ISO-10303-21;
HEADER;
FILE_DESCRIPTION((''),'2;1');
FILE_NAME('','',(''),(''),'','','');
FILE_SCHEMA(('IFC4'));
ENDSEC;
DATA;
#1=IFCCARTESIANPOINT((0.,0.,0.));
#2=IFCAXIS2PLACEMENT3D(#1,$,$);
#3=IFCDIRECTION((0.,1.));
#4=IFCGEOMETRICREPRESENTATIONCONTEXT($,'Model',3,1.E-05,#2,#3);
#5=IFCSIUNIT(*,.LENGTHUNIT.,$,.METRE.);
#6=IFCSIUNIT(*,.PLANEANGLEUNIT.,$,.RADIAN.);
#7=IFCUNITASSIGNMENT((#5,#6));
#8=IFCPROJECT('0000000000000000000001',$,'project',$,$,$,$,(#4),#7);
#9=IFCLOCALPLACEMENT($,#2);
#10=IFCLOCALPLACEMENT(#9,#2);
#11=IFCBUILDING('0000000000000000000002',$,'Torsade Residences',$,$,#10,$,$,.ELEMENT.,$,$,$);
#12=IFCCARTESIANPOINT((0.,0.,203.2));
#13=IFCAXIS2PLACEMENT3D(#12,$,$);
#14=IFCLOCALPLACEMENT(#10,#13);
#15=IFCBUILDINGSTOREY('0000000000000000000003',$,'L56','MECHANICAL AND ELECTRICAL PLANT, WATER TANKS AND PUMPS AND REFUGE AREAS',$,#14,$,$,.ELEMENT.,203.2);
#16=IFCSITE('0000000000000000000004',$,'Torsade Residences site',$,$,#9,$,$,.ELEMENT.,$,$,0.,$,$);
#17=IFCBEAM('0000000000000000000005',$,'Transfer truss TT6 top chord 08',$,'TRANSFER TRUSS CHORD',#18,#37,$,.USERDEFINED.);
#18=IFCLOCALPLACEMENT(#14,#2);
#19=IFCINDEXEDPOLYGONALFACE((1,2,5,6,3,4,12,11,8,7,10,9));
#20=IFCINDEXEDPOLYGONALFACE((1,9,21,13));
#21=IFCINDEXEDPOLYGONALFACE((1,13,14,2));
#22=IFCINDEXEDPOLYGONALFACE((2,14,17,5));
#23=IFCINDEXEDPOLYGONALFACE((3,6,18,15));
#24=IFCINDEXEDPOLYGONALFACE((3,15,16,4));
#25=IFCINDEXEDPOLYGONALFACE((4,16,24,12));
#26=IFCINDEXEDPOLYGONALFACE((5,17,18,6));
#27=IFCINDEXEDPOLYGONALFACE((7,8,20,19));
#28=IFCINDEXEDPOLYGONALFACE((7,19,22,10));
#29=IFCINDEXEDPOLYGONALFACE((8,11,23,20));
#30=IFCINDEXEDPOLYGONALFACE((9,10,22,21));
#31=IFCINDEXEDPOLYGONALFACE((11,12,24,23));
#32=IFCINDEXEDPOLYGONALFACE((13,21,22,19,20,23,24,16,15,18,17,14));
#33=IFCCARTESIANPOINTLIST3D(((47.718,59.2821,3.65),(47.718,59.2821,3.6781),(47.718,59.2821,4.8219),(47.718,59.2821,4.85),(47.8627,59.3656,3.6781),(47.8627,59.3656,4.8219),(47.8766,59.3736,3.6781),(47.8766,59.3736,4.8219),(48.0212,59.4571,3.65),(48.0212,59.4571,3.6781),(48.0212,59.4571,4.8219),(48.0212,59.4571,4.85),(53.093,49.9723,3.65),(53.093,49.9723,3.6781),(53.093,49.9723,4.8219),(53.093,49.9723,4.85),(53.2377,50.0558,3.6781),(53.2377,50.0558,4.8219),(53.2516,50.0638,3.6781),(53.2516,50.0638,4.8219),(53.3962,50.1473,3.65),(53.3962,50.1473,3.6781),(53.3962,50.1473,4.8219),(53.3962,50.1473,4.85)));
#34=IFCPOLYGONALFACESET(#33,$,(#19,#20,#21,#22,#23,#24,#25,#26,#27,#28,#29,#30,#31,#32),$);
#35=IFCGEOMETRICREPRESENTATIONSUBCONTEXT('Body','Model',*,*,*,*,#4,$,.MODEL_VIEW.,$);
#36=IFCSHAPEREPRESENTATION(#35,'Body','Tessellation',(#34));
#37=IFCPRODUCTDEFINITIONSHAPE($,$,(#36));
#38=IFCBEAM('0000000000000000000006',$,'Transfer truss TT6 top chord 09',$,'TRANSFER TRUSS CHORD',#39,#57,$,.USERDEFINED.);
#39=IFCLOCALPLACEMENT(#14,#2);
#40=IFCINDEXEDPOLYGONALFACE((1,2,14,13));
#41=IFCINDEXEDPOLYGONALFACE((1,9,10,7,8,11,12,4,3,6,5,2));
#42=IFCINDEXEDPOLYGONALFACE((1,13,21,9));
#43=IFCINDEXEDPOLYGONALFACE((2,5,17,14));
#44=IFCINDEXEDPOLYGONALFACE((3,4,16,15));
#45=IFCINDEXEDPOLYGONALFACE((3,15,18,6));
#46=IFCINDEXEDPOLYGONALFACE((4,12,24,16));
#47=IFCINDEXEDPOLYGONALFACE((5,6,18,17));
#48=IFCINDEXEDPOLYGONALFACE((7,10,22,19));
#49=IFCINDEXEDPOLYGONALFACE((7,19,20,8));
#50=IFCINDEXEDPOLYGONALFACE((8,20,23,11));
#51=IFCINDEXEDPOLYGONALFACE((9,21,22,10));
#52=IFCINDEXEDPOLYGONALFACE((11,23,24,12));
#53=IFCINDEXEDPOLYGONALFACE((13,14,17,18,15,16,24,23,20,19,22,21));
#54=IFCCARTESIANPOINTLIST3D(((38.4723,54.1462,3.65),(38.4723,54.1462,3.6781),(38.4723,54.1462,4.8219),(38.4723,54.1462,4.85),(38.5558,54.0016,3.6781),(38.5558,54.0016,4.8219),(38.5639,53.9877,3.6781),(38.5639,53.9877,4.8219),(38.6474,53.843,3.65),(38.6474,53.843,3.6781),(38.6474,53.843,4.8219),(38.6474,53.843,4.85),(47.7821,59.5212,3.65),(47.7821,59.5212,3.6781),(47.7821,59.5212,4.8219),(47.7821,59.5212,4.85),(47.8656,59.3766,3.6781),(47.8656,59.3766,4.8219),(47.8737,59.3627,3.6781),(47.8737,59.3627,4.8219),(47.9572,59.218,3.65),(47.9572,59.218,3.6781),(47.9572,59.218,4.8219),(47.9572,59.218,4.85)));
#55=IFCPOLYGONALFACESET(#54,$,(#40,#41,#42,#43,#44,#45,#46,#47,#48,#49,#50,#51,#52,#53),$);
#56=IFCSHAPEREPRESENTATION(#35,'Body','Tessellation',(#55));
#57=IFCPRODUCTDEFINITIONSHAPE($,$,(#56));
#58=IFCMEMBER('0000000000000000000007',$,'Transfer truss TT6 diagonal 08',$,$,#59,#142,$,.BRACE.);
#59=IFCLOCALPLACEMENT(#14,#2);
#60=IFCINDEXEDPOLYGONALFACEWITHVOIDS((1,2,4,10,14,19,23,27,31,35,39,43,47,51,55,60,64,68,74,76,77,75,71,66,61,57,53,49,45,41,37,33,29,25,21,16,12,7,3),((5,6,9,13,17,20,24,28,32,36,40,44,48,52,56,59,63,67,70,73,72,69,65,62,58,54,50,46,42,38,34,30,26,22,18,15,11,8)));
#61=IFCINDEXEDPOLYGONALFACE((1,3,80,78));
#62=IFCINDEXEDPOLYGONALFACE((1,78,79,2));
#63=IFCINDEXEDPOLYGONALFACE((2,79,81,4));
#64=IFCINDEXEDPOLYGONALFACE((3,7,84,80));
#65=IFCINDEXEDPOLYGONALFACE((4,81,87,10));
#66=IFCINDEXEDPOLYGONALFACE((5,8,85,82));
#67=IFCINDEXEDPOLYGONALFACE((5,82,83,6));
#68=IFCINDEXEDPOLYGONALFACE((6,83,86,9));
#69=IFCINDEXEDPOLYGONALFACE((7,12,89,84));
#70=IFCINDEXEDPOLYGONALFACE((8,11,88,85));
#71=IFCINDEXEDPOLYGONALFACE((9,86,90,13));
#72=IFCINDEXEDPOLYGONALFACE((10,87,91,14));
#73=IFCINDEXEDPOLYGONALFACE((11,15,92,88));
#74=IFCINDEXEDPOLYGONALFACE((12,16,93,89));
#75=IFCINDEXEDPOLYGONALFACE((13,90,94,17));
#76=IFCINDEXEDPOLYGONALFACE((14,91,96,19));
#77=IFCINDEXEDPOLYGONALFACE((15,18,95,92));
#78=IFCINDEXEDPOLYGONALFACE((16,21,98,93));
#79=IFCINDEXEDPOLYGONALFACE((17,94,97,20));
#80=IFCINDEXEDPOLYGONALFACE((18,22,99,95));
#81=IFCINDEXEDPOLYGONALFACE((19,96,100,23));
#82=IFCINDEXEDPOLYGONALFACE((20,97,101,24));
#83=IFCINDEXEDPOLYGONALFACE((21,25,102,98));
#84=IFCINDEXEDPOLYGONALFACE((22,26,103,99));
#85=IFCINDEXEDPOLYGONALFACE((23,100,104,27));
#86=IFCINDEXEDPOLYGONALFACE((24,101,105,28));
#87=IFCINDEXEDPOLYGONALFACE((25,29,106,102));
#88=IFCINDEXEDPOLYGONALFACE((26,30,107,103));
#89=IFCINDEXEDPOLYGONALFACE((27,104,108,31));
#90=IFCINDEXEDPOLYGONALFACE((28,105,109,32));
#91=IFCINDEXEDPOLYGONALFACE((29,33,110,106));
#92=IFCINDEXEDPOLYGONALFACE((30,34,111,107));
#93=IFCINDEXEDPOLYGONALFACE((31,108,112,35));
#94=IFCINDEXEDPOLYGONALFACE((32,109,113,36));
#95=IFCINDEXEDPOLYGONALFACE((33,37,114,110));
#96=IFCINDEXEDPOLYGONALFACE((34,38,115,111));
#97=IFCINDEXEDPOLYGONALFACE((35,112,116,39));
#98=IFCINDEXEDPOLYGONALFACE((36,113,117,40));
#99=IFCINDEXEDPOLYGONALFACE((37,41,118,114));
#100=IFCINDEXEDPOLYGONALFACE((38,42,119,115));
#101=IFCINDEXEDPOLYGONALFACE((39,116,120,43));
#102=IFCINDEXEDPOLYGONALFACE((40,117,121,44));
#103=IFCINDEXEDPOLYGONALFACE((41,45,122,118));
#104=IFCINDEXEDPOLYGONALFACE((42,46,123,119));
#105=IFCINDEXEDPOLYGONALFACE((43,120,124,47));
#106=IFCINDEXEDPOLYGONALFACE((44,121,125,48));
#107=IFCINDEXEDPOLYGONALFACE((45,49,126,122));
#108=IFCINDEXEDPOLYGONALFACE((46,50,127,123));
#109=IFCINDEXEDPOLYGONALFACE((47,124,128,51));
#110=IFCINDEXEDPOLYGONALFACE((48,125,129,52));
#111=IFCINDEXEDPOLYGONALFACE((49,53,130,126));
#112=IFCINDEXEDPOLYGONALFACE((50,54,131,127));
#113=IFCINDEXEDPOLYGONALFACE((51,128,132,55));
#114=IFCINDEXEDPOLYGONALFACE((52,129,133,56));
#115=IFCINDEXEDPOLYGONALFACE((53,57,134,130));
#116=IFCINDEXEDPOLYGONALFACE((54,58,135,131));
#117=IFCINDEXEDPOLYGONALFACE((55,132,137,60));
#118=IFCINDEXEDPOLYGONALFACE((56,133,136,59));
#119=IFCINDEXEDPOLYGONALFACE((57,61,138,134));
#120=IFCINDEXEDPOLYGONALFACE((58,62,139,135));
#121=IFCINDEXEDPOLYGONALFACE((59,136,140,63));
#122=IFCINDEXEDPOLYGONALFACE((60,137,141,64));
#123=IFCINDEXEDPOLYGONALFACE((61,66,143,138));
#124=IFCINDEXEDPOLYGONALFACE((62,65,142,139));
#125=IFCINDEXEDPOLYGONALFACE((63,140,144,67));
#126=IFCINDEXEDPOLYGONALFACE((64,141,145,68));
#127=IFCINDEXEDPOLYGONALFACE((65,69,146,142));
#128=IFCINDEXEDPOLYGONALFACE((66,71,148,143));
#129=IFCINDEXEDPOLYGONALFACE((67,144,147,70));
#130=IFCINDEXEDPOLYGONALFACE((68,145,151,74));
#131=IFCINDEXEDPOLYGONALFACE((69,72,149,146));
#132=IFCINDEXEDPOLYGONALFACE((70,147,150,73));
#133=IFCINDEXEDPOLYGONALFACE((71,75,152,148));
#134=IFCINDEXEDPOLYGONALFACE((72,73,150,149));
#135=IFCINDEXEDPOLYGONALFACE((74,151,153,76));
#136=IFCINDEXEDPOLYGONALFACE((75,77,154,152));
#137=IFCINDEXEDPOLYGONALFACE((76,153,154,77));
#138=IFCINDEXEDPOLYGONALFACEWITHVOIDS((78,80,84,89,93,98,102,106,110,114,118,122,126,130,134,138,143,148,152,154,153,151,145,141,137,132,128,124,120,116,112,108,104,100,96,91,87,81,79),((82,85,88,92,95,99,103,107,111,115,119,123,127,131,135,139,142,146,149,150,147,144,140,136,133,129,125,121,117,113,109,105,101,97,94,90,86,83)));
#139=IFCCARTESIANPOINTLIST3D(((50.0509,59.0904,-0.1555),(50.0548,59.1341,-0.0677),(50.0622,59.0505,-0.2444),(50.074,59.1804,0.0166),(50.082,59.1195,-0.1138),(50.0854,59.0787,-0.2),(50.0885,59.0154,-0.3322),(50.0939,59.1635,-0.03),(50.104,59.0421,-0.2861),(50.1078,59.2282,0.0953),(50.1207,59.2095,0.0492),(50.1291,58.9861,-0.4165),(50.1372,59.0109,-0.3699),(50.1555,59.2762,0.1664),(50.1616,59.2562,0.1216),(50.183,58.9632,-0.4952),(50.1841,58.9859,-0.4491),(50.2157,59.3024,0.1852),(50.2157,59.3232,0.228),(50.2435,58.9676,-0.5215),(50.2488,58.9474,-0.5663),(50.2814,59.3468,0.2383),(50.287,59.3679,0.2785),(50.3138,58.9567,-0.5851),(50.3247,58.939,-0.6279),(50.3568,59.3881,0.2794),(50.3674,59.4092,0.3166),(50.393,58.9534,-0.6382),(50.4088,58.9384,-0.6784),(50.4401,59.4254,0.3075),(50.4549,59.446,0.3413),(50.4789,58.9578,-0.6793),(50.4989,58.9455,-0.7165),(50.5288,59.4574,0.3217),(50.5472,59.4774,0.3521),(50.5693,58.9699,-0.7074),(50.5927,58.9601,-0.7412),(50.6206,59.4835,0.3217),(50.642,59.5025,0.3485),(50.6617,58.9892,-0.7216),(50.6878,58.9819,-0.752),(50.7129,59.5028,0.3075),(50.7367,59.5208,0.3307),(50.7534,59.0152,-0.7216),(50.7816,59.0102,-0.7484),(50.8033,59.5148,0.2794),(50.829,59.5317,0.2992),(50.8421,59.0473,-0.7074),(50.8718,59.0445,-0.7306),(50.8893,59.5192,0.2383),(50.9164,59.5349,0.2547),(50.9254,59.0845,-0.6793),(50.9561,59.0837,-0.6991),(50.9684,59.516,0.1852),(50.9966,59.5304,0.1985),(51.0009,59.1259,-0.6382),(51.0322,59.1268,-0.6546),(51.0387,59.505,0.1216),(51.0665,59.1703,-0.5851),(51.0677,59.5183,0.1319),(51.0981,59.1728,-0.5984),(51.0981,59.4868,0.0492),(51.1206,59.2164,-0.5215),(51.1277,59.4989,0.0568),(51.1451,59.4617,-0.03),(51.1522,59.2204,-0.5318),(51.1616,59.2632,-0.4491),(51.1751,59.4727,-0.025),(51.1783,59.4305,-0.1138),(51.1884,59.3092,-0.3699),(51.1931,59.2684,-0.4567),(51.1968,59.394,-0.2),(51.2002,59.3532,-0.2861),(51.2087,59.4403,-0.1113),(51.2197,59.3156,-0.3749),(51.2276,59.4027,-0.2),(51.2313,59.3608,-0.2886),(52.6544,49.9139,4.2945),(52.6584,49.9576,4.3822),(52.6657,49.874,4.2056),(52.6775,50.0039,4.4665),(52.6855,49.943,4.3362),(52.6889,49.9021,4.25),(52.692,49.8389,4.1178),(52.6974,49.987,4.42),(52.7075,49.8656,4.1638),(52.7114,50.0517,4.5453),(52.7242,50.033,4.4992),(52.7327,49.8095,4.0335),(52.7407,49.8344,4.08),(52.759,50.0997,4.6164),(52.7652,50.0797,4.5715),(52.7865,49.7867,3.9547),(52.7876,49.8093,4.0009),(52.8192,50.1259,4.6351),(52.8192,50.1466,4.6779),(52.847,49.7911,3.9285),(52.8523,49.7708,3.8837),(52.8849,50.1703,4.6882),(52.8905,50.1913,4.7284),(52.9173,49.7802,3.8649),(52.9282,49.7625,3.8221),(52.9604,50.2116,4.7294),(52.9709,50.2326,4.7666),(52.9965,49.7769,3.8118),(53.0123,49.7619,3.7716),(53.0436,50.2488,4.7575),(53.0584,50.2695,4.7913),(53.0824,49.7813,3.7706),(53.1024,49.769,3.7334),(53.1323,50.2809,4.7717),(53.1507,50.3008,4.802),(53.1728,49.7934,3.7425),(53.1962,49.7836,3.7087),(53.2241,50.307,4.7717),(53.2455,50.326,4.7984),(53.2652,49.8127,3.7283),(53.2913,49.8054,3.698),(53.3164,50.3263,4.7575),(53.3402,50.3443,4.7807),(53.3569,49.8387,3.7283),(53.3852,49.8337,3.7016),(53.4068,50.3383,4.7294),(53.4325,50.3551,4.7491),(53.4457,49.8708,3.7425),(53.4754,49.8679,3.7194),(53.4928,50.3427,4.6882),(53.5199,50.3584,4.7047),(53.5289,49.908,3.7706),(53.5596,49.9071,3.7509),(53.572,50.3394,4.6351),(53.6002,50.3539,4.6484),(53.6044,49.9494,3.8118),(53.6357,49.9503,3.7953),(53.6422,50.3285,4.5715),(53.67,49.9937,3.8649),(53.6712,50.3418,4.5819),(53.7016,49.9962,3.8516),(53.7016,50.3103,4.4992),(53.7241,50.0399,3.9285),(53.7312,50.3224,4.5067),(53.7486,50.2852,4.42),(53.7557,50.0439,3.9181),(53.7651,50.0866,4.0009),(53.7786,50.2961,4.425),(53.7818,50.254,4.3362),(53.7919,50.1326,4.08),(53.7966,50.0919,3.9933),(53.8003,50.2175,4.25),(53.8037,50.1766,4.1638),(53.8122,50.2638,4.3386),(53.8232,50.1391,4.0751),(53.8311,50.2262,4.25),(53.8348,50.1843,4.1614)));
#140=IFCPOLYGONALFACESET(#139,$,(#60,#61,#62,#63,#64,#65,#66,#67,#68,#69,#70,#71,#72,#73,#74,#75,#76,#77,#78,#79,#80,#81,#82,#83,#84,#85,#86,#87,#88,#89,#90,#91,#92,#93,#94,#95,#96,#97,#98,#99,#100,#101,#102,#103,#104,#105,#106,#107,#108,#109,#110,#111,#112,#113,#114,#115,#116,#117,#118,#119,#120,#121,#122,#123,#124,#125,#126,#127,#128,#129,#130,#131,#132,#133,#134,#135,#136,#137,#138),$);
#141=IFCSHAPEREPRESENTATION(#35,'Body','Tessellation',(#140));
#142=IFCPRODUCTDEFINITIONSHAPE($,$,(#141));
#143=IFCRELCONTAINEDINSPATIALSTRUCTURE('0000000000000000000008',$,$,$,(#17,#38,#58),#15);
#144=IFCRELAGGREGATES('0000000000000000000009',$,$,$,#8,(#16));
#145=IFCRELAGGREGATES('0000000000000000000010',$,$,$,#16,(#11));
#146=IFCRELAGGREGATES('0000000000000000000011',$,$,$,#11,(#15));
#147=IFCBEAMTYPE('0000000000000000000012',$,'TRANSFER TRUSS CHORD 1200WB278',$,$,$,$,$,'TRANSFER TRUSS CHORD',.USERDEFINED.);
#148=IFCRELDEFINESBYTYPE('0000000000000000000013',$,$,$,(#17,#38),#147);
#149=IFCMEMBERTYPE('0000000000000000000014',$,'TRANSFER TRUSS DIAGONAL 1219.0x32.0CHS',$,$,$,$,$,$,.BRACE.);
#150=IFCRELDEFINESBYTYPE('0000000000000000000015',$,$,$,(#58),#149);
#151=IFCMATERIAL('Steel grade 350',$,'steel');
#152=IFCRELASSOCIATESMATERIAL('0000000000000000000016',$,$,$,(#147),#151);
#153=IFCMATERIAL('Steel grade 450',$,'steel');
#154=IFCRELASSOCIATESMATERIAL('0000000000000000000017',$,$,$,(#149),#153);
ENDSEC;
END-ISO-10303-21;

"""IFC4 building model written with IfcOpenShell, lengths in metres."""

from ifc_helpers import new_model, si_unit, direction, frame, origin, origin_2d, place, context, subcontext, project, spatial, hollow_circle, i_section, extrude, material, material_profile, profile_set, type_object, element, save


model = new_model("IFC4")

# Units and contexts
model_context = context("Model", 3, precision=1e-05, world=origin(), true_north=direction((0.0, 1.0)))
body_context = subcontext(model_context, "Body", "Model", "MODEL_VIEW")
ifc_project = project(units=[si_unit("LENGTHUNIT", "METRE"), si_unit("PLANEANGLEUNIT", "RADIAN")], contexts=[model_context])

# Site, building, storey
site_placement = place(None, origin())
site = spatial("IfcSite", under=ifc_project, at=site_placement, Name="Torsade Residences site", CompositionType="ELEMENT", RefElevation=0.0)
building_placement = place(site_placement, origin())
building = spatial("IfcBuilding", under=site, at=building_placement, Name="Torsade Residences", CompositionType="ELEMENT")
storey_placement = place(building_placement, frame((0.0, 0.0, 203.2)))
storey = spatial("IfcBuildingStorey", under=building, at=storey_placement, Name="L56", Description="MECHANICAL AND ELECTRICAL PLANT, WATER TANKS AND PUMPS AND REFUGE AREAS", CompositionType="ELEMENT", Elevation=203.2)

# Beams
ifc_material_1 = material(Name="Steel grade 350", Category="steel")
ifc_material_profile_1 = material_profile(ifc_material_1, i_section(OverallWidth=0.3501, OverallDepth=1.2, WebThickness=0.0161, FlangeThickness=0.0281, at=origin_2d()), Name="1200WB278")
ifc_profile_set_1 = profile_set([ifc_material_profile_1], Name="Steel grade 350")
beam_type_1 = type_object("IfcBeamType", Name="TRANSFER TRUSS CHORD 1200WB278", ElementType="TRANSFER TRUSS CHORD", PredefinedType="USERDEFINED", material=ifc_profile_set_1)
for number, where, z_axis, x_axis, name in (
    (1, (53.2446, 50.0598, 4.25), (-0.499998, 0.866026, 0.0), (-0.866026, -0.499998, 0.0), "Transfer truss TT6 top chord 08"),
    (2, (47.8696, 59.3696, 4.25), (-0.866026, -0.499998, 0.0), (0.499998, -0.866026, 0.0), "Transfer truss TT6 top chord 09"),
):
    element("IfcBeam", number, at=place(storey_placement, frame(where, z_axis=z_axis, x_axis=x_axis)), inside=storey, type_object=beam_type_1, Name=name, ObjectType="TRANSFER TRUSS CHORD", PredefinedType="USERDEFINED", context=body_context, shape_type="SweptSolid", body=[
        extrude(i_section(OverallWidth=0.3501, OverallDepth=1.2, WebThickness=0.0161, FlangeThickness=0.0281, at=origin_2d()), origin(), (0.0, 0.0, 1.0), 10.75),
    ])

# Member
ifc_material_2 = material(Name="Steel grade 450", Category="steel")
ifc_material_profile_2 = material_profile(ifc_material_2, hollow_circle(Radius=0.6096, WallThickness=0.032, at=origin_2d()), Name="1219.0x32.0CHS")
ifc_profile_set_2 = profile_set([ifc_material_profile_2], Name="Steel grade 450")
member_type_1 = type_object("IfcMemberType", Name="TRANSFER TRUSS DIAGONAL 1219.0x32.0CHS", PredefinedType="BRACE", material=ifc_profile_set_2)
member_1_placement = place(storey_placement, frame((50.6411, 59.2363, -0.2), z_axis=(0.24735, -0.871826, 0.422773), x_axis=(0.96203, 0.272943, 0.0)))
element("IfcMember", 3, at=member_1_placement, inside=storey, type_object=member_type_1, Name="Transfer truss TT6 diagonal 08", PredefinedType="BRACE", context=body_context, shape_type="SweptSolid", body=[
    extrude(hollow_circle(Radius=0.6096, WallThickness=0.032, at=origin_2d()), origin(), (0.0, 0.0, 1.0), 10.5256),
])

save(model, "model.ifc")
